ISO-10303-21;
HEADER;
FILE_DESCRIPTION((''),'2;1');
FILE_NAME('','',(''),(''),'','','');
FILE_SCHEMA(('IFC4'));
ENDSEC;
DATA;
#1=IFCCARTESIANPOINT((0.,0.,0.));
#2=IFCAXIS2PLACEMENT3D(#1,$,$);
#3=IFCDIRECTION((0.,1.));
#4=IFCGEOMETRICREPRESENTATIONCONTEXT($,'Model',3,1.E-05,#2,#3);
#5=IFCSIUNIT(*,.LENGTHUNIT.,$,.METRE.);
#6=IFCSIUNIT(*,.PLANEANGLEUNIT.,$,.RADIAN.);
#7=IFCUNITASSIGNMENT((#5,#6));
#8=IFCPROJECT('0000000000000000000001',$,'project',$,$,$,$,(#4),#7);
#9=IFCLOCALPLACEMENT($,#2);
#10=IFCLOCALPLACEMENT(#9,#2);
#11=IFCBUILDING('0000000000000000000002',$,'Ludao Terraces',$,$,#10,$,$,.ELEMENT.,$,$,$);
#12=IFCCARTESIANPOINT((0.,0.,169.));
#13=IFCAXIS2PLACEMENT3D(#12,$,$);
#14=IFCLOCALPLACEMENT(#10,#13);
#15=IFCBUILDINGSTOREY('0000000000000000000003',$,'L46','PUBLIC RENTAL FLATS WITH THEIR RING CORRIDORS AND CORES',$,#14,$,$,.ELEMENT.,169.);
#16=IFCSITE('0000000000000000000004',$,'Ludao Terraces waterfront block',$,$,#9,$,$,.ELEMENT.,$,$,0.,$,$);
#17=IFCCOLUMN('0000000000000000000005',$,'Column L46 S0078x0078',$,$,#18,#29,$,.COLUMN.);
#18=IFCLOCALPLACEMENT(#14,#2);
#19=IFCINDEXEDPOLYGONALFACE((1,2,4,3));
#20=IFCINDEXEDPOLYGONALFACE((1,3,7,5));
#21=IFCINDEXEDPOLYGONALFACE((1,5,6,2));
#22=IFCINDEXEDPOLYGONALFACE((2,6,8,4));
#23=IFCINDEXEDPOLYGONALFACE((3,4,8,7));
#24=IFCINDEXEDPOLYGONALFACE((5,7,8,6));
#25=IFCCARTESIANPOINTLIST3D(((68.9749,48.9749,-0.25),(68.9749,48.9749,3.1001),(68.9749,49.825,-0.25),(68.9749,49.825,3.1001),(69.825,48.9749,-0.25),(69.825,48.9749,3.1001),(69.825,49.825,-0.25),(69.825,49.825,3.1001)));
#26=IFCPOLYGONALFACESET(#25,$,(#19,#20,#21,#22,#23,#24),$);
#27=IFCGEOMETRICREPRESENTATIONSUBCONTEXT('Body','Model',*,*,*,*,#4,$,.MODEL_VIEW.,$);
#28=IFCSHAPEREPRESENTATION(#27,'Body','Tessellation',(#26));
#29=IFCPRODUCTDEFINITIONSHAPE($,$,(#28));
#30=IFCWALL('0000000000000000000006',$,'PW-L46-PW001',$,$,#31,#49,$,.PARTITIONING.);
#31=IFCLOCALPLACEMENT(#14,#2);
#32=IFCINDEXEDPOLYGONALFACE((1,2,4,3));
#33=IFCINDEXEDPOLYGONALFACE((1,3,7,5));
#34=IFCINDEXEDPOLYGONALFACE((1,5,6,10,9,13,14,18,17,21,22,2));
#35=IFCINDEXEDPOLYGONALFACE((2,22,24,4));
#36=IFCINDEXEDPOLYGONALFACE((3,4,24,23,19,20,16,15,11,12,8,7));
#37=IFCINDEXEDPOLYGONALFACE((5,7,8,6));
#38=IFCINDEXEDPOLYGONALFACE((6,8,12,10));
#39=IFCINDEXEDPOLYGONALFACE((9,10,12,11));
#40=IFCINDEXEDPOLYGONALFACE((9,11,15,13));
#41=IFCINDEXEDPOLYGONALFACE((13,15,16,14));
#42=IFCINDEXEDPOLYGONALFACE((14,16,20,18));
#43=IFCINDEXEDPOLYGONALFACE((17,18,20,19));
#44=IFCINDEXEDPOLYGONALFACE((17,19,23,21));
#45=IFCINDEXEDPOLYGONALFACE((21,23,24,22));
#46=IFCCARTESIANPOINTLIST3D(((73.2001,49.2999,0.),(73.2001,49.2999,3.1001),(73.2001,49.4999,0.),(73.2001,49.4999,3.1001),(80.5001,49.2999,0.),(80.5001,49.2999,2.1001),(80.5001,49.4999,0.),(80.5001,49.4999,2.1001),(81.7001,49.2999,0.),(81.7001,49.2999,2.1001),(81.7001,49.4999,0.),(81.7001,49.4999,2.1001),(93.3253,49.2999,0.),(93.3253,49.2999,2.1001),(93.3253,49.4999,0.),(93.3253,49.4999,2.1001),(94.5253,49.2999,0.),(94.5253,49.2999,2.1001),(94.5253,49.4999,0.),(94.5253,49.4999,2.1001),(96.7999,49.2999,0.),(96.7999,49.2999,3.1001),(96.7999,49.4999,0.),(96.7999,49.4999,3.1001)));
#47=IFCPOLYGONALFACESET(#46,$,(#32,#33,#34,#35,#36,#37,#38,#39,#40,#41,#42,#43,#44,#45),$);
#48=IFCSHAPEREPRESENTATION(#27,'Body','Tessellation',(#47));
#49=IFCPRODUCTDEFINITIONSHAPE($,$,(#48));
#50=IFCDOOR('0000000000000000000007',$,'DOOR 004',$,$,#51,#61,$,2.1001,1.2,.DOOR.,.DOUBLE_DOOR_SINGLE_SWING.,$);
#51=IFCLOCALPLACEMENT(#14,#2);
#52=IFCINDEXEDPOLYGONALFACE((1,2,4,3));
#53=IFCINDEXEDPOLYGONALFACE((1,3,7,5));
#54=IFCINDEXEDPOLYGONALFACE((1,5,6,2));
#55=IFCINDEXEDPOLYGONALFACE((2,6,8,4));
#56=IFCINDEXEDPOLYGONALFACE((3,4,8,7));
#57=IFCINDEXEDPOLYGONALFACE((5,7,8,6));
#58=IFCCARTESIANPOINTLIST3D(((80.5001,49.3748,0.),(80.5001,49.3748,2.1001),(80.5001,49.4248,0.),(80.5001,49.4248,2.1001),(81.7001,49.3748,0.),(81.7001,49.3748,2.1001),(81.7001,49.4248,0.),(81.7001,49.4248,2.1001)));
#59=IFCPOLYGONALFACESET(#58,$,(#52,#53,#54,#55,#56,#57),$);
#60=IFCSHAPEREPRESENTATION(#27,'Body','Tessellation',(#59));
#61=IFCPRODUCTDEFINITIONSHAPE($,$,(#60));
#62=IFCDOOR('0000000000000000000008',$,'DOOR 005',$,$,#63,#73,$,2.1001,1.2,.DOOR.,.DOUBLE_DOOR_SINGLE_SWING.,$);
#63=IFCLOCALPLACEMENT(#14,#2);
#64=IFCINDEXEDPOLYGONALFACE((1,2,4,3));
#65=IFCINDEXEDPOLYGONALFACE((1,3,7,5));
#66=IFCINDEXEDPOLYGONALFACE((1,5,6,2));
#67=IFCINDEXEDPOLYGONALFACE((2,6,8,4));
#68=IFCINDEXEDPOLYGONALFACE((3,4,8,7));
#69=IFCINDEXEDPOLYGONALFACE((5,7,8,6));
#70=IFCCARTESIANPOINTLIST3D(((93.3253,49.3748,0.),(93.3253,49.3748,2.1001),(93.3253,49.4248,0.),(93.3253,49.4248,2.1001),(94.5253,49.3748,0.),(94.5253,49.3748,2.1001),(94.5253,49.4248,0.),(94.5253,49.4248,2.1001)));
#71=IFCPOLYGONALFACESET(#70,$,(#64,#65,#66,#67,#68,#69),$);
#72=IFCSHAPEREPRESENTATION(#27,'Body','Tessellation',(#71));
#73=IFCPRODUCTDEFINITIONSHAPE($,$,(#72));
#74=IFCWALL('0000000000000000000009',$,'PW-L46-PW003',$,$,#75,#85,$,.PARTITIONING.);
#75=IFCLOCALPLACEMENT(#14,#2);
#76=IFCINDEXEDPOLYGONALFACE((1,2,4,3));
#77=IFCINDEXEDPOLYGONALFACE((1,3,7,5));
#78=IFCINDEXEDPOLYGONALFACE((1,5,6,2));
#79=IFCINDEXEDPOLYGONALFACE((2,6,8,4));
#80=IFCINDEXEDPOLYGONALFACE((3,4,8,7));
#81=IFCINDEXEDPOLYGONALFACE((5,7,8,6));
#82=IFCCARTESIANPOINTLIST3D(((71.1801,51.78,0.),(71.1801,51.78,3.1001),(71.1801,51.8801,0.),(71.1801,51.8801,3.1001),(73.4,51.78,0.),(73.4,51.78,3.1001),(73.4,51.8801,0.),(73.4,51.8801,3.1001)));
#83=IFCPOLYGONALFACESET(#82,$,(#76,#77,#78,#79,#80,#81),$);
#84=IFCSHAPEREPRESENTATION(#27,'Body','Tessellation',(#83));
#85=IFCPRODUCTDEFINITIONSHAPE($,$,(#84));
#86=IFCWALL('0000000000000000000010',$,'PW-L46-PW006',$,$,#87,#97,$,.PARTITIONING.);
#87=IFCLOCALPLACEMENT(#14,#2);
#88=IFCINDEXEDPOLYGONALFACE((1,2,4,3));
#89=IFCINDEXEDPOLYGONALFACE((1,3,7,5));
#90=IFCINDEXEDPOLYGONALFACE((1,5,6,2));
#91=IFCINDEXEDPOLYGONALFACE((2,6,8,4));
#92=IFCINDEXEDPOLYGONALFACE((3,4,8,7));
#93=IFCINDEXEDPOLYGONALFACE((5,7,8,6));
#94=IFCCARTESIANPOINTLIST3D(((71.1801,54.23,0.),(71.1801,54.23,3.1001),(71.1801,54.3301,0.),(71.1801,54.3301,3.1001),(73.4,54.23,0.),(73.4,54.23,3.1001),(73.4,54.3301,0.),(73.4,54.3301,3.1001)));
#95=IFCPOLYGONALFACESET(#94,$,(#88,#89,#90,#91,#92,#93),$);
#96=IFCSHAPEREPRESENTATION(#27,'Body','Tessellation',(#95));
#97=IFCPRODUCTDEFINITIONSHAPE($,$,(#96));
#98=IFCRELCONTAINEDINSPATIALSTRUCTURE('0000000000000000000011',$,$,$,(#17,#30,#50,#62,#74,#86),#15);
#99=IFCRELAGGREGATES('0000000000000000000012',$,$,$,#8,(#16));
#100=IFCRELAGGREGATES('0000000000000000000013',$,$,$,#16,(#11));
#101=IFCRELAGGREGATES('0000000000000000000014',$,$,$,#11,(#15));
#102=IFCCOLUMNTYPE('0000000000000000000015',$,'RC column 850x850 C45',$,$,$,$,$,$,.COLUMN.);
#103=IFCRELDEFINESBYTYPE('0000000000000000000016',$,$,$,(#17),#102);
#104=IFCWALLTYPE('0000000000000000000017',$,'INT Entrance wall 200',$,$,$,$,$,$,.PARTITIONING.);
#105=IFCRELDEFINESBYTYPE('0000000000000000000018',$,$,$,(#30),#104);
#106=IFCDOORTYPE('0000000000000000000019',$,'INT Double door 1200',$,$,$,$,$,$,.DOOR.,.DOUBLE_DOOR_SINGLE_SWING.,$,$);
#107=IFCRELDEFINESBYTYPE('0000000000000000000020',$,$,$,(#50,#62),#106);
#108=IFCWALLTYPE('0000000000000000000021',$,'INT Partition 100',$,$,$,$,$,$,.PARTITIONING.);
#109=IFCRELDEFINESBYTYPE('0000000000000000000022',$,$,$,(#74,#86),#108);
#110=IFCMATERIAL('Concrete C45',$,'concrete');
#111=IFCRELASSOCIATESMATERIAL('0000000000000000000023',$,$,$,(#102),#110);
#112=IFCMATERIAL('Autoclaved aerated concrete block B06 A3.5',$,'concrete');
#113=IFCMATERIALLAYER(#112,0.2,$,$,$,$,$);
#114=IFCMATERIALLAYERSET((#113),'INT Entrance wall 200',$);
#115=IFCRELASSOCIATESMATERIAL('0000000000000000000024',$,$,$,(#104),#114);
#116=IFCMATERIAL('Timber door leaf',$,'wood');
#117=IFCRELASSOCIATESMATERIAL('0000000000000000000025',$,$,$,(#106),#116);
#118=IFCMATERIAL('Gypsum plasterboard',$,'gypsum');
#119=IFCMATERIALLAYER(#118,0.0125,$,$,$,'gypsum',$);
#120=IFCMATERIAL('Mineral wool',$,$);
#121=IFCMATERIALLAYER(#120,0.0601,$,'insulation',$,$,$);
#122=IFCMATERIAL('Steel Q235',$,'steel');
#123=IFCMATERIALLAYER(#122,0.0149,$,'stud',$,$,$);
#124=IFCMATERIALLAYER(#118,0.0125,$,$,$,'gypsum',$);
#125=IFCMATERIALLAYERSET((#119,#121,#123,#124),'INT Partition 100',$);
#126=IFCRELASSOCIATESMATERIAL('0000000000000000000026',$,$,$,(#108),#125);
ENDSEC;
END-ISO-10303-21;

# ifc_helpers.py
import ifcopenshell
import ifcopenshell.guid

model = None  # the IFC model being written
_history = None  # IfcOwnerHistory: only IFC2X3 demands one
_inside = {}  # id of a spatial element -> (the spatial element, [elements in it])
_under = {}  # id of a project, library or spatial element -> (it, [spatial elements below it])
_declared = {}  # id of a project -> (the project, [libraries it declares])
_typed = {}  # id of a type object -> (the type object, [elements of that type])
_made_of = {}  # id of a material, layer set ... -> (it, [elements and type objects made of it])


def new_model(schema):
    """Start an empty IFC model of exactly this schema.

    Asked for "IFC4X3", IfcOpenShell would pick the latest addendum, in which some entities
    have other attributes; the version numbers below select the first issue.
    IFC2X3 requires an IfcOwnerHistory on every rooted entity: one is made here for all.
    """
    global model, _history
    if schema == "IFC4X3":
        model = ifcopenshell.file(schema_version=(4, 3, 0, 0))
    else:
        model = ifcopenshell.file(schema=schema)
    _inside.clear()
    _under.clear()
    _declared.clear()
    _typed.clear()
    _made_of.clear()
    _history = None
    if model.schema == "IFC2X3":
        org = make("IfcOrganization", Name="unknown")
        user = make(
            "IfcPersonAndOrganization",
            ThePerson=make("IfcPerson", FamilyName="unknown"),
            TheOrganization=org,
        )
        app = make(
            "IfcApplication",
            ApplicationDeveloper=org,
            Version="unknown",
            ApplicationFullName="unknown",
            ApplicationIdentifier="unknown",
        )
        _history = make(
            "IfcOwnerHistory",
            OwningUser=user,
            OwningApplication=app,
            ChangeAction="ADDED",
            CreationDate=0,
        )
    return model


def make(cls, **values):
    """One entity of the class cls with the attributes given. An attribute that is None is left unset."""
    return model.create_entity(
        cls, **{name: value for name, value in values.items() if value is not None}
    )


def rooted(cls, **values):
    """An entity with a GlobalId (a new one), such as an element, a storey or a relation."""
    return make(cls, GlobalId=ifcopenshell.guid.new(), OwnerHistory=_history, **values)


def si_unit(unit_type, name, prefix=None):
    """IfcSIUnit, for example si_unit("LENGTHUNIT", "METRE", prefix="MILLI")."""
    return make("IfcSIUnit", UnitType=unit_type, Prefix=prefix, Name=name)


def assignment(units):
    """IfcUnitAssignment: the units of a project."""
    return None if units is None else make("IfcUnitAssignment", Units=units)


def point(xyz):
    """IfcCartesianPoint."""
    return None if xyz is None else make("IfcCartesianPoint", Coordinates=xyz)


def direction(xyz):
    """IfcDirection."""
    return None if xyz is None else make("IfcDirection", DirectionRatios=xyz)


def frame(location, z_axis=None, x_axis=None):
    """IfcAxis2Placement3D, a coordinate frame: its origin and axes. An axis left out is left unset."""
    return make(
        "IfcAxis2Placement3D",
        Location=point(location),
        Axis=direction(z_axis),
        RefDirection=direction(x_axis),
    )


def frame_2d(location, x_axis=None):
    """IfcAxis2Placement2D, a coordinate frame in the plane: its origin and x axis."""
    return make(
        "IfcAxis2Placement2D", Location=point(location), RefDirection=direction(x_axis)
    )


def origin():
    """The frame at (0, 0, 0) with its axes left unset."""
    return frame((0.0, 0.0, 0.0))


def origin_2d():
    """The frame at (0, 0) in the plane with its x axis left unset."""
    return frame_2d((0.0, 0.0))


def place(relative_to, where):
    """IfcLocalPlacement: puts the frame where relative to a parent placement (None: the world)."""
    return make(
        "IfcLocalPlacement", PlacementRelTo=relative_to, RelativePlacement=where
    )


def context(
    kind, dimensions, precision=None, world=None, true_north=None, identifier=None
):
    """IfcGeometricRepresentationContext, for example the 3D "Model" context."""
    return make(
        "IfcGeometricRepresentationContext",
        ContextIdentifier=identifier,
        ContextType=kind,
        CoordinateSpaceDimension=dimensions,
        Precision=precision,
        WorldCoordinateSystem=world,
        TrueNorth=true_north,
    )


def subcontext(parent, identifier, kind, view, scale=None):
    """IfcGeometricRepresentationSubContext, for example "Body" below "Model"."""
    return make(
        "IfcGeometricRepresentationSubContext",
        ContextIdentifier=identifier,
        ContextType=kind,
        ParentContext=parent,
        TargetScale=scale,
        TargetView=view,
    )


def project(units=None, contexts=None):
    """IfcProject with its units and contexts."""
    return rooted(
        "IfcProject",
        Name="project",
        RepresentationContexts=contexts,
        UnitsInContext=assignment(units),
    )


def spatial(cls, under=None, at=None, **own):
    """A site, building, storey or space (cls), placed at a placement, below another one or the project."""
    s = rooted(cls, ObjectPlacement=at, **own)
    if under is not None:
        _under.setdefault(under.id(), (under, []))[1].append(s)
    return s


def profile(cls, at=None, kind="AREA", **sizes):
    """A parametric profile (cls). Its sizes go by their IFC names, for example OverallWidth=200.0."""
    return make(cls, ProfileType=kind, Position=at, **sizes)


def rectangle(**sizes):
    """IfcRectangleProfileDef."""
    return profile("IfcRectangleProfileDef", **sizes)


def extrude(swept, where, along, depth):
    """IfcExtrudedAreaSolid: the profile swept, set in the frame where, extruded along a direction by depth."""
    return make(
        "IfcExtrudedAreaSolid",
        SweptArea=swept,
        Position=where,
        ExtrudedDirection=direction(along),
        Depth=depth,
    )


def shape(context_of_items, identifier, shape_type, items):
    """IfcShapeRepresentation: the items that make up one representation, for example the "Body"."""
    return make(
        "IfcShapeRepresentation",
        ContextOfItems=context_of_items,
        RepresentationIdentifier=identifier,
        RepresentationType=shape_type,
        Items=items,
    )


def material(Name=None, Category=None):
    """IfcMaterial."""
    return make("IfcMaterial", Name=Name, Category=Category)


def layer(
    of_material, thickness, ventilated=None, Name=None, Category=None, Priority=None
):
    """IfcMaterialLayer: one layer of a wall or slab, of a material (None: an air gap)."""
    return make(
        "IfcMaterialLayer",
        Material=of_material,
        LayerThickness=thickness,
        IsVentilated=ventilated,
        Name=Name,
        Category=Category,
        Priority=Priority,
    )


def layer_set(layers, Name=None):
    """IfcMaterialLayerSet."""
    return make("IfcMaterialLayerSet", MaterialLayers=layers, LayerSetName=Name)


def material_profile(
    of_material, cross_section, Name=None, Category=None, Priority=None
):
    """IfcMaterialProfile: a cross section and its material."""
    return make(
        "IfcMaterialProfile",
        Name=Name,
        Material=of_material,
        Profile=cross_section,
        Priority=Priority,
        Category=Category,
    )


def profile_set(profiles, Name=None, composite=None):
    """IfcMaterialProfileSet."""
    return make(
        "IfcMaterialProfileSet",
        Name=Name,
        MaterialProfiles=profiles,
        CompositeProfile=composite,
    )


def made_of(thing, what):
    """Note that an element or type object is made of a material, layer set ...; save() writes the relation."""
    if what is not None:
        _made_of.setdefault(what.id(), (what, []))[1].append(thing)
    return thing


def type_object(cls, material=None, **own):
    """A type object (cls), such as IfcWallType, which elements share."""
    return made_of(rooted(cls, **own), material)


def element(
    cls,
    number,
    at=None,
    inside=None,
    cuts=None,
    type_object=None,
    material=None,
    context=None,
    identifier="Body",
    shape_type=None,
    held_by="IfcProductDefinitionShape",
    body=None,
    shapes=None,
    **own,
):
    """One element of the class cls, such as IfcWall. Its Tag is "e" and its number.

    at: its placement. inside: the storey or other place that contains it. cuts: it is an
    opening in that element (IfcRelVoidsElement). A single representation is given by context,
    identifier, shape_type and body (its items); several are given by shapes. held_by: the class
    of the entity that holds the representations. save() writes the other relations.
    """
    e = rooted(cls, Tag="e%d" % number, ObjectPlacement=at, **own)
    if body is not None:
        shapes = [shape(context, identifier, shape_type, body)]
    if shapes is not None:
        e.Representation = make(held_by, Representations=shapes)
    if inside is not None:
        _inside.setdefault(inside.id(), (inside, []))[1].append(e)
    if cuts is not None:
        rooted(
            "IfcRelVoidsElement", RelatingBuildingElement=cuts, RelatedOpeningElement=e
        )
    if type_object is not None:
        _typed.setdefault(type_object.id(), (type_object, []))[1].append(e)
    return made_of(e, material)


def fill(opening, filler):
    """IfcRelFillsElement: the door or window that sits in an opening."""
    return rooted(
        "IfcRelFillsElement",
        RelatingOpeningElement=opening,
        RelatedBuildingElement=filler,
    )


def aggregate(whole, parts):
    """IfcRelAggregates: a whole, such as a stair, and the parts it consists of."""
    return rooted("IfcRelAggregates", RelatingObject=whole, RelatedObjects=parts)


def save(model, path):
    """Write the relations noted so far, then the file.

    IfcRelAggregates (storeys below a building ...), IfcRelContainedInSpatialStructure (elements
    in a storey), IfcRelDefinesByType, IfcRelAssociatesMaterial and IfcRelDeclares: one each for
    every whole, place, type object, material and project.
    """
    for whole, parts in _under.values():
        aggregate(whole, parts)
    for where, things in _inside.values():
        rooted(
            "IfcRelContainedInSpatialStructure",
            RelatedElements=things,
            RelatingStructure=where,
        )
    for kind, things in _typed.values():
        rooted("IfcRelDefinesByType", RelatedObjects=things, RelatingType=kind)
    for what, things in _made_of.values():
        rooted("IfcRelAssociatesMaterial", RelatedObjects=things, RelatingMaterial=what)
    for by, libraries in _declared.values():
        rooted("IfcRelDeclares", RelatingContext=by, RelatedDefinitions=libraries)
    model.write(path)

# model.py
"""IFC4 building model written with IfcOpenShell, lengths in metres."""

from ifc_helpers import new_model, si_unit, direction, frame, frame_2d, origin, origin_2d, place, context, subcontext, project, spatial, rectangle, extrude, material, layer, layer_set, material_profile, profile_set, type_object, element, fill, save


model = new_model("IFC4")

# Units and contexts
model_context = context("Model", 3, precision=1e-05, world=origin(), true_north=direction((0.0, 1.0)))
body_context = subcontext(model_context, "Body", "Model", "MODEL_VIEW")
ifc_project = project(units=[si_unit("LENGTHUNIT", "METRE"), si_unit("PLANEANGLEUNIT", "RADIAN")], contexts=[model_context])

# Site, building, storey
site_placement = place(None, origin())
site = spatial("IfcSite", under=ifc_project, at=site_placement, Name="Ludao Terraces waterfront block", CompositionType="ELEMENT", RefElevation=0.0)
building_placement = place(site_placement, origin())
building = spatial("IfcBuilding", under=site, at=building_placement, Name="Ludao Terraces", CompositionType="ELEMENT")
storey_placement = place(building_placement, frame((0.0, 0.0, 169.0)))
storey = spatial("IfcBuildingStorey", under=building, at=storey_placement, Name="L46", Description="PUBLIC RENTAL FLATS WITH THEIR RING CORRIDORS AND CORES", CompositionType="ELEMENT", Elevation=169.0)

# Column
ifc_material_1 = material(Name="Concrete C45", Category="concrete")
ifc_material_profile = material_profile(ifc_material_1, rectangle(XDim=0.8501, YDim=0.8501, at=origin_2d()), Name="850 X 850")
ifc_profile_set = profile_set([ifc_material_profile], Name="Concrete C45")
column_type = type_object("IfcColumnType", Name="RC column 850x850 C45", PredefinedType="COLUMN", material=ifc_profile_set)
column_placement = place(storey_placement, frame((69.3999, 49.3999, -0.25), z_axis=(0.0, 0.0, 1.0), x_axis=(1.0, 0.0, 0.0)))
element("IfcColumn", 1, at=column_placement, inside=storey, type_object=column_type, Name="Column L46 S0078x0078", PredefinedType="COLUMN", context=body_context, shape_type="SweptSolid", body=[
    extrude(rectangle(XDim=0.8501, YDim=0.8501, at=origin_2d()), origin(), (0.0, 0.0, 1.0), 3.3501),
])

# Wall, openings, doors
ifc_material_2 = material(Name="Autoclaved aerated concrete block B06 A3.5", Category="concrete")
ifc_layer_1 = layer(ifc_material_2, 0.2)
ifc_layer_set_1 = layer_set([ifc_layer_1], Name="INT Entrance wall 200")
wall_type_1 = type_object("IfcWallType", Name="INT Entrance wall 200", PredefinedType="PARTITIONING", material=ifc_layer_set_1)
wall_1_placement = place(storey_placement, frame((73.2002, 49.3999, 0.0), z_axis=(0.0, 0.0, 1.0), x_axis=(1.0, 0.0, 0.0)))
wall_1 = element("IfcWall", 2, at=wall_1_placement, inside=storey, type_object=wall_type_1, Name="PW-L46-PW001", PredefinedType="PARTITIONING", context=body_context, shape_type="SweptSolid", body=[
    extrude(rectangle(XDim=23.5999, YDim=0.2, at=frame_2d((11.7998, 0.0))), origin(), (0.0, 0.0, 1.0), 3.1001),
])
opening_1_placement = place(wall_1_placement, frame((7.2998, 0.0, 0.0)))
opening_1 = element("IfcOpeningElement", 3, at=opening_1_placement, cuts=wall_1, PredefinedType="OPENING", context=body_context, shape_type="SweptSolid", body=[
    extrude(rectangle(XDim=1.2, YDim=2.1001, at=frame_2d((0.6001, 1.05))), frame((0.0, 0.1099, 0.0), z_axis=(0.0, -1.0, 0.0), x_axis=(1.0, 0.0, 0.0)), (0.0, 0.0, 1.0), 0.22),
])
opening_2_placement = place(wall_1_placement, frame((20.125, 0.0, 0.0)))
opening_2 = element("IfcOpeningElement", 4, at=opening_2_placement, cuts=wall_1, PredefinedType="OPENING", context=body_context, shape_type="SweptSolid", body=[
    extrude(rectangle(XDim=1.2, YDim=2.1001, at=frame_2d((0.6001, 1.05))), frame((0.0, 0.1099, 0.0), z_axis=(0.0, -1.0, 0.0), x_axis=(1.0, 0.0, 0.0)), (0.0, 0.0, 1.0), 0.22),
])
ifc_material_3 = material(Name="Timber door leaf", Category="wood")
door_type_1 = type_object("IfcDoorType", Name="INT Double door 1200", OperationType="DOUBLE_DOOR_SINGLE_SWING", PredefinedType="DOOR", material=ifc_material_3)
door_1_placement = place(opening_1_placement, origin())
door_1 = element("IfcDoor", 5, at=door_1_placement, inside=storey, type_object=door_type_1, Name="DOOR 004", OperationType="DOUBLE_DOOR_SINGLE_SWING", OverallHeight=2.1001, OverallWidth=1.2, PredefinedType="DOOR", context=body_context, shape_type="SweptSolid", body=[
    extrude(rectangle(XDim=1.2, YDim=2.1001, at=frame_2d((0.6001, 1.05))), frame((0.0, 0.0249, 0.0), z_axis=(0.0, -1.0, 0.0), x_axis=(1.0, 0.0, 0.0)), (0.0, 0.0, 1.0), 0.05),
])
fill(opening_1, door_1)
door_2_placement = place(opening_2_placement, origin())
door_2 = element("IfcDoor", 6, at=door_2_placement, inside=storey, type_object=door_type_1, Name="DOOR 005", OperationType="DOUBLE_DOOR_SINGLE_SWING", OverallHeight=2.1001, OverallWidth=1.2, PredefinedType="DOOR", context=body_context, shape_type="SweptSolid", body=[
    extrude(rectangle(XDim=1.2, YDim=2.1001, at=frame_2d((0.6001, 1.05))), frame((0.0, 0.0249, 0.0), z_axis=(0.0, -1.0, 0.0), x_axis=(1.0, 0.0, 0.0)), (0.0, 0.0, 1.0), 0.05),
])
fill(opening_2, door_2)

# Walls
ifc_material_4 = material(Name="Gypsum plasterboard", Category="gypsum")
ifc_layer_2 = layer(ifc_material_4, 0.0125, Category="gypsum")
ifc_material_5 = material(Name="Mineral wool")
ifc_layer_3 = layer(ifc_material_5, 0.0601, Name="insulation")
ifc_material_6 = material(Name="Steel Q235", Category="steel")
ifc_layer_4 = layer(ifc_material_6, 0.0149, Name="stud")
ifc_layer_5 = layer(ifc_material_4, 0.0125, Category="gypsum")
ifc_layer_set_2 = layer_set([ifc_layer_2, ifc_layer_3, ifc_layer_4, ifc_layer_5], Name="INT Partition 100")
wall_type_2 = type_object("IfcWallType", Name="INT Partition 100", PredefinedType="PARTITIONING", material=ifc_layer_set_2)
for number, where, z_axis, x_axis, name in (
    (7, (71.1802, 51.8301, 0.0), (0.0, 0.0, 1.0), (1.0, 0.0, 0.0), "PW-L46-PW003"),
    (8, (71.1802, 54.28, 0.0), (0.0, 0.0, 1.0), (1.0, 0.0, 0.0), "PW-L46-PW006"),
):
    element("IfcWall", number, at=place(storey_placement, frame(where, z_axis=z_axis, x_axis=x_axis)), inside=storey, type_object=wall_type_2, Name=name, PredefinedType="PARTITIONING", context=body_context, shape_type="SweptSolid", body=[
        extrude(rectangle(XDim=2.22, YDim=0.1001, at=frame_2d((1.1099, 0.0))), origin(), (0.0, 0.0, 1.0), 3.1001),
    ])

save(model, "model.ifc")
